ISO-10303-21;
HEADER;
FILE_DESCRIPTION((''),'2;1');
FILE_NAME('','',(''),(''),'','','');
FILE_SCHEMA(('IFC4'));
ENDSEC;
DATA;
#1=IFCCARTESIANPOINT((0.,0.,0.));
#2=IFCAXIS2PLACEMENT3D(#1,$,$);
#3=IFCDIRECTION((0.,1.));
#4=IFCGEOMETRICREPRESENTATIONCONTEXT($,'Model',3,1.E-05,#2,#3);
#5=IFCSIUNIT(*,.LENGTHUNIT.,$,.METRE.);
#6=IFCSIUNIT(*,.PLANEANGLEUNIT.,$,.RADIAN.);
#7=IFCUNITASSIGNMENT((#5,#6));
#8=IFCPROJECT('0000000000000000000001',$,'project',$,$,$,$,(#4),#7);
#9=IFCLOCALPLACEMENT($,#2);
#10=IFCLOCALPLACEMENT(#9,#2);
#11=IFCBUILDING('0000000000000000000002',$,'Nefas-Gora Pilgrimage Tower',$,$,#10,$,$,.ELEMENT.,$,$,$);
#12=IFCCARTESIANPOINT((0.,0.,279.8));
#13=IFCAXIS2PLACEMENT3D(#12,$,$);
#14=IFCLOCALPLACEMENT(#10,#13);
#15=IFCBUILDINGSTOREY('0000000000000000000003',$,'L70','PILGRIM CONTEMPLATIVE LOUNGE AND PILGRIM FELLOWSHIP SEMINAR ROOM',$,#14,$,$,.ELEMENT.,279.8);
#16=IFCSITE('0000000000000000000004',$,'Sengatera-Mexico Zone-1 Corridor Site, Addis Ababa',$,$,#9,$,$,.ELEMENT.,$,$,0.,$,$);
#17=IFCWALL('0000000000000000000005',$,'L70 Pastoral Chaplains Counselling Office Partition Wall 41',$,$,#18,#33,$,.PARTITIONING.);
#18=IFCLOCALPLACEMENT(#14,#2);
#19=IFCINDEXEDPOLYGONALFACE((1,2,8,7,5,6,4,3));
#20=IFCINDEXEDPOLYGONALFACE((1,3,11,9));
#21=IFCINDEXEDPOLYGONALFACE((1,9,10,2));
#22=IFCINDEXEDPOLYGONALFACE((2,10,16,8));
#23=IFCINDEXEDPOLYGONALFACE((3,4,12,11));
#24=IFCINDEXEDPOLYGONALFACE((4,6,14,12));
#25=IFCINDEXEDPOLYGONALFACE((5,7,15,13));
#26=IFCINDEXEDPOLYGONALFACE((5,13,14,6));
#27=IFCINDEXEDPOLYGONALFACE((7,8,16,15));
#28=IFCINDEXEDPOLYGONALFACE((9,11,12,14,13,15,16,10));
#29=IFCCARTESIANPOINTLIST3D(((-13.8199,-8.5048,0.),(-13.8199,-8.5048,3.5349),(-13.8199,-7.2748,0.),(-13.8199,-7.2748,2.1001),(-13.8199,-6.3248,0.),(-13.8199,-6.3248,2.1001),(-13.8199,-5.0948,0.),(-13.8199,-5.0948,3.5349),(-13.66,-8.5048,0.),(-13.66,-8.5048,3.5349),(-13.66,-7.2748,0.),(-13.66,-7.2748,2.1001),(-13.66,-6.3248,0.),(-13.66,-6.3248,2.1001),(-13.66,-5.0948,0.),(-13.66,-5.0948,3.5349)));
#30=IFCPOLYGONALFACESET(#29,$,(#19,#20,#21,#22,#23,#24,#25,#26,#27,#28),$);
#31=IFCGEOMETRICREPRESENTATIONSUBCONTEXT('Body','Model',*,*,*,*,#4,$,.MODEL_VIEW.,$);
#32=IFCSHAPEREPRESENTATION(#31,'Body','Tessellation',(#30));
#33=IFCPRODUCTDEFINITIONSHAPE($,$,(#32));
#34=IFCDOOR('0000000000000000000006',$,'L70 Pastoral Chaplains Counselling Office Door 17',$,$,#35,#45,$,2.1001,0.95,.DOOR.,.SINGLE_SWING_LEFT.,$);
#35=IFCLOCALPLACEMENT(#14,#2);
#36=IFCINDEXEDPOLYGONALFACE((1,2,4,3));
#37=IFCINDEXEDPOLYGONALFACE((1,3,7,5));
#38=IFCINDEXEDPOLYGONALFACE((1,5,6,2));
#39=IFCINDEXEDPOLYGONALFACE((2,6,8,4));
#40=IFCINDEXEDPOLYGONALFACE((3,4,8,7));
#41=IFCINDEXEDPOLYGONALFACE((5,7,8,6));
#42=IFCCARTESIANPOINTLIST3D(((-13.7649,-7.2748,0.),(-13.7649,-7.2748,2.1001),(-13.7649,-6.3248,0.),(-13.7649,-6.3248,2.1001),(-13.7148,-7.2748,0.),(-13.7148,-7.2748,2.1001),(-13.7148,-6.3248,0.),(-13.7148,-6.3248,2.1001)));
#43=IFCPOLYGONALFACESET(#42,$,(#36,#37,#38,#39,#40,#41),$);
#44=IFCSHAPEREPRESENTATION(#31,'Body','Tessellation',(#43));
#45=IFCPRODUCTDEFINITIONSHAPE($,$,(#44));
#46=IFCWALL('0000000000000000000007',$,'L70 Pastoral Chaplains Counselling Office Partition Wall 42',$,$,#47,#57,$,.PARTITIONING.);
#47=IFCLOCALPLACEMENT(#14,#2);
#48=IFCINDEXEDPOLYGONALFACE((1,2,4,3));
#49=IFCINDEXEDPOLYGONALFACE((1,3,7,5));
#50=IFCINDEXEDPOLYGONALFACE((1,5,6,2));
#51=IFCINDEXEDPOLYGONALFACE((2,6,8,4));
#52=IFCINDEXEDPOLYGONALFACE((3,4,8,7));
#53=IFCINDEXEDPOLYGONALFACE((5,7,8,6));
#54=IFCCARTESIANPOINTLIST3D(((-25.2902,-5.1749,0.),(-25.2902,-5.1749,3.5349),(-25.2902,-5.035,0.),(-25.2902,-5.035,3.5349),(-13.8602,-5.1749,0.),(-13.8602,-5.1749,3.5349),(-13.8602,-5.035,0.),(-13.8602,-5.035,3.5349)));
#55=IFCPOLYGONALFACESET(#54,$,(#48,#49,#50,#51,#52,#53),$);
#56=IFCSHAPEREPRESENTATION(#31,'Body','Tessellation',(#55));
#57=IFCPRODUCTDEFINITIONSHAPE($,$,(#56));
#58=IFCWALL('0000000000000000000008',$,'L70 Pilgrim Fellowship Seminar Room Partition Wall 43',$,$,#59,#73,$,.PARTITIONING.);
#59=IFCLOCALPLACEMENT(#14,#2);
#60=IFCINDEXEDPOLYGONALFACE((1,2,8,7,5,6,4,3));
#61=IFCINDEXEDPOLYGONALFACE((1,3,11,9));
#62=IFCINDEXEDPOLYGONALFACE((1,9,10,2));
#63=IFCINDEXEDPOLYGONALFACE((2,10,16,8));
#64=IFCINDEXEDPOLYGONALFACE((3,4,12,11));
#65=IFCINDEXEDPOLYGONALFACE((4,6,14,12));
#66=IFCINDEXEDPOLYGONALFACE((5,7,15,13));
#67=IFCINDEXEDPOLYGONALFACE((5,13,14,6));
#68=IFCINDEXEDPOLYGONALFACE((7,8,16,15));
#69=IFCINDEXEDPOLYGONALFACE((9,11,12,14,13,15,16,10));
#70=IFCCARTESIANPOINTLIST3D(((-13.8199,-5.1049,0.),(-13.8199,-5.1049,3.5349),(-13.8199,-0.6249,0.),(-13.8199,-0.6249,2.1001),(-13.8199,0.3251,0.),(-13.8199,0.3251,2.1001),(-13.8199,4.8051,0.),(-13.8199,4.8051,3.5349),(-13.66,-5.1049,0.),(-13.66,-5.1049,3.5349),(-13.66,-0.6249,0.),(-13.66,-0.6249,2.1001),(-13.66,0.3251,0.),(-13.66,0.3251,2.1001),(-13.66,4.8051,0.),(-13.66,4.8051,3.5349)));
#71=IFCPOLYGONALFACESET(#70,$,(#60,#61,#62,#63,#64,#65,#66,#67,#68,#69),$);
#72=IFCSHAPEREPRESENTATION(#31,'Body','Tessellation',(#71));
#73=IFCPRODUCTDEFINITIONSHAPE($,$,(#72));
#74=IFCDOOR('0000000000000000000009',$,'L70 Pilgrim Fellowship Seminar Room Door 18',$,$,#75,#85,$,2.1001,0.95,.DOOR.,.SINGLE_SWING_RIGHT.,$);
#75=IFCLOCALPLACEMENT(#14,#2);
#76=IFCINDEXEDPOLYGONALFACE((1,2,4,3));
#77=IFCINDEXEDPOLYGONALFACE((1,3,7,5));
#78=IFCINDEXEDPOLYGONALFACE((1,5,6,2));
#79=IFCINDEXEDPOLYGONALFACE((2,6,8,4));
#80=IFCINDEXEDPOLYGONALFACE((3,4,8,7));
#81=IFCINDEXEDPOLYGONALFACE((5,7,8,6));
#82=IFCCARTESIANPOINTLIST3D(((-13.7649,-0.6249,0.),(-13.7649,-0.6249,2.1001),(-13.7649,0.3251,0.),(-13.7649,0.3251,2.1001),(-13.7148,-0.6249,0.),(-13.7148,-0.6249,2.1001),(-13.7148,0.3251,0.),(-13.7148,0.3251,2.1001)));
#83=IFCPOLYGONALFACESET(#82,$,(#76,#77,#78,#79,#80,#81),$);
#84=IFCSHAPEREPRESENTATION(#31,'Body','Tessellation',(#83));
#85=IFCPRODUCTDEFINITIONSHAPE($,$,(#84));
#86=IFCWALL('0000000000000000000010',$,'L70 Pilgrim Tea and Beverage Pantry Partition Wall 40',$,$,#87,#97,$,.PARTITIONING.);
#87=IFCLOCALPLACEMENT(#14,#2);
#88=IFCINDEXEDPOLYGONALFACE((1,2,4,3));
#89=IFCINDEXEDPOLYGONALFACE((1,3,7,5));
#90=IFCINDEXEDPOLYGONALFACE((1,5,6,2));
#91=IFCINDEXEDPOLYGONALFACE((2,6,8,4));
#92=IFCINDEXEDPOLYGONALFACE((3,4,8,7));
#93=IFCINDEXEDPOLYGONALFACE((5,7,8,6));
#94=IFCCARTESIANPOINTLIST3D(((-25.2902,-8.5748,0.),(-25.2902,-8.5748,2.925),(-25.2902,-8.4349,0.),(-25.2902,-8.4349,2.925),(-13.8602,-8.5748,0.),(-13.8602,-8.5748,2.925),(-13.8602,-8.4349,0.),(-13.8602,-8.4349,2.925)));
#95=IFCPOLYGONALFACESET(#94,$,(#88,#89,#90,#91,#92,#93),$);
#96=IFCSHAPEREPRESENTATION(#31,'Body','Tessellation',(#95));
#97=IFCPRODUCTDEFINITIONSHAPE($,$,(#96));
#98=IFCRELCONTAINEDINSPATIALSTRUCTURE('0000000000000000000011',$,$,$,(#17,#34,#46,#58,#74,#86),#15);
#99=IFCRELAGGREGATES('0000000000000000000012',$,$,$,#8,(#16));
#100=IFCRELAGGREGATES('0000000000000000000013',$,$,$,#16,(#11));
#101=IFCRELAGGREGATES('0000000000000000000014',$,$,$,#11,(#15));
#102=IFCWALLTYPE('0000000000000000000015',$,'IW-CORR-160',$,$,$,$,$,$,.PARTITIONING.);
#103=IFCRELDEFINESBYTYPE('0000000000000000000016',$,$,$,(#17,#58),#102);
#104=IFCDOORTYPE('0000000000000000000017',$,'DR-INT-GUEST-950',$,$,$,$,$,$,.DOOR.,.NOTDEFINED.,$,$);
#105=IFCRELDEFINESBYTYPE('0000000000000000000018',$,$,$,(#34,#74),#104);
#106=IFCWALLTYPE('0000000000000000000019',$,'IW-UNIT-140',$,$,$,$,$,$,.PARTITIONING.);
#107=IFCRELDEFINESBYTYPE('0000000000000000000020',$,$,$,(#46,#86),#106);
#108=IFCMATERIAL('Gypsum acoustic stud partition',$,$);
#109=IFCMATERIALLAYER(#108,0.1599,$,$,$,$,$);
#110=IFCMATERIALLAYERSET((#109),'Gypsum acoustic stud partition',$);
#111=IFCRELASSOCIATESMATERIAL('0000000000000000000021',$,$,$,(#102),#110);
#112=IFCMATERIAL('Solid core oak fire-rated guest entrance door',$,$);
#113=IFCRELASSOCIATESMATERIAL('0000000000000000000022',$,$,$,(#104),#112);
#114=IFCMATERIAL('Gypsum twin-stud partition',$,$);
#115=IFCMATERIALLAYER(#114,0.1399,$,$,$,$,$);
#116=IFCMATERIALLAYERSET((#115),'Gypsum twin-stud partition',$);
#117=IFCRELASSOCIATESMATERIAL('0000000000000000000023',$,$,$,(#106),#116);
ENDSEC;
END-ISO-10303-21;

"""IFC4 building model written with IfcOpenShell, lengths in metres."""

from ifc_helpers import new_model, si_unit, direction, frame, frame_2d, origin, place, context, subcontext, project, spatial, rectangle, extrude, source, transform, mapped, material, layer, layer_set, type_object, element, fill, save


model = new_model("IFC4")

# Units and contexts
model_context = context("Model", 3, precision=1e-05, world=origin(), true_north=direction((0.0, 1.0)))
body_context = subcontext(model_context, "Body", "Model", "MODEL_VIEW")
ifc_project = project(units=[si_unit("LENGTHUNIT", "METRE"), si_unit("PLANEANGLEUNIT", "RADIAN")], contexts=[model_context])

# Site, building, storey
site_placement = place(None, origin())
site = spatial("IfcSite", under=ifc_project, at=site_placement, Name="Sengatera-Mexico Zone-1 Corridor Site, Addis Ababa", CompositionType="ELEMENT", RefElevation=0.0)
building_placement = place(site_placement, origin())
building = spatial("IfcBuilding", under=site, at=building_placement, Name="Nefas-Gora Pilgrimage Tower", CompositionType="ELEMENT")
storey_placement = place(building_placement, frame((0.0, 0.0, 279.8)))
storey = spatial("IfcBuildingStorey", under=building, at=storey_placement, Name="L70", Description="PILGRIM CONTEMPLATIVE LOUNGE AND PILGRIM FELLOWSHIP SEMINAR ROOM", CompositionType="ELEMENT", Elevation=279.8)

# Wall, opening, door
ifc_material_1 = material(Name="Gypsum acoustic stud partition")
ifc_layer_1 = layer(ifc_material_1, 0.1599)
ifc_layer_set_1 = layer_set([ifc_layer_1], Name="Gypsum acoustic stud partition")
wall_type_1 = type_object("IfcWallType", Name="IW-CORR-160", PredefinedType="PARTITIONING", material=ifc_layer_set_1)
shared_shape_1 = source(origin(), body_context, "Body", "SweptSolid", [
    extrude(rectangle(XDim=3.4099, YDim=0.1599, at=frame_2d((1.7051, 0.0))), origin(), (0.0, 0.0, 1.0), 3.5349),
])
wall_1_placement = place(storey_placement, frame((-13.74, -8.5049, 0.0), z_axis=(0.0, 0.0, 1.0), x_axis=(0.0, 1.0, 0.0)))
wall_1 = element("IfcWall", 1, at=wall_1_placement, inside=storey, type_object=wall_type_1, Name="L70 Pastoral Chaplains Counselling Office Partition Wall 41", PredefinedType="PARTITIONING", context=body_context, shape_type="MappedRepresentation", body=[
    mapped(shared_shape_1, transform((0.0, 0.0, 0.0), x_axis=(1.0, 0.0, 0.0), y_axis=(0.0, 1.0, 0.0), z_axis=(0.0, 0.0, 1.0), scale=1.0)),
])
opening_1_placement = place(wall_1_placement, frame((1.23, 0.0, 0.0)))
opening_1 = element("IfcOpeningElement", 2, at=opening_1_placement, cuts=wall_1, PredefinedType="OPENING", context=body_context, shape_type="SweptSolid", body=[
    extrude(rectangle(XDim=0.95, YDim=2.1001, at=frame_2d((0.4751, 1.05))), frame((0.0, 0.0898, 0.0), z_axis=(0.0, -1.0, 0.0), x_axis=(1.0, 0.0, 0.0)), (0.0, 0.0, 1.0), 0.1799),
])
ifc_material_2 = material(Name="Solid core oak fire-rated guest entrance door")
door_type_1 = type_object("IfcDoorType", Name="DR-INT-GUEST-950", OperationType="NOTDEFINED", PredefinedType="DOOR", material=ifc_material_2)
shared_shape_2 = source(origin(), body_context, "Body", "SweptSolid", [
    extrude(rectangle(XDim=0.95, YDim=2.1001, at=frame_2d((0.4751, 1.05))), frame((0.0, 0.0249, 0.0), z_axis=(0.0, -1.0, 0.0), x_axis=(1.0, 0.0, 0.0)), (0.0, 0.0, 1.0), 0.05),
])
door_1_placement = place(opening_1_placement, origin())
door_1 = element("IfcDoor", 3, at=door_1_placement, inside=storey, type_object=door_type_1, Name="L70 Pastoral Chaplains Counselling Office Door 17", OperationType="SINGLE_SWING_LEFT", OverallHeight=2.1001, OverallWidth=0.95, PredefinedType="DOOR", context=body_context, shape_type="MappedRepresentation", body=[
    mapped(shared_shape_2, transform((0.0, 0.0, 0.0), x_axis=(1.0, 0.0, 0.0), y_axis=(0.0, 1.0, 0.0), z_axis=(0.0, 0.0, 1.0), scale=1.0)),
])
fill(opening_1, door_1)

# Wall
ifc_material_3 = material(Name="Gypsum twin-stud partition")
ifc_layer_2 = layer(ifc_material_3, 0.1399)
ifc_layer_set_2 = layer_set([ifc_layer_2], Name="Gypsum twin-stud partition")
wall_type_2 = type_object("IfcWallType", Name="IW-UNIT-140", PredefinedType="PARTITIONING", material=ifc_layer_set_2)
shared_shape_3 = source(origin(), body_context, "Body", "SweptSolid", [
    extrude(rectangle(XDim=11.4299, YDim=0.1399, at=frame_2d((5.7148, 0.0))), origin(), (0.0, 0.0, 1.0), 3.5349),
])
wall_2_placement = place(storey_placement, frame((-25.29, -5.105, 0.0), z_axis=(0.0, 0.0, 1.0), x_axis=(1.0, 0.0, 0.0)))
element("IfcWall", 4, at=wall_2_placement, inside=storey, type_object=wall_type_2, Name="L70 Pastoral Chaplains Counselling Office Partition Wall 42", PredefinedType="PARTITIONING", context=body_context, shape_type="MappedRepresentation", body=[
    mapped(shared_shape_3, transform((0.0, 0.0, 0.0), x_axis=(1.0, 0.0, 0.0), y_axis=(0.0, 1.0, 0.0), z_axis=(0.0, 0.0, 1.0), scale=1.0)),
])

# Wall, opening, door
shared_shape_4 = source(origin(), body_context, "Body", "SweptSolid", [
    extrude(rectangle(XDim=9.9099, YDim=0.1599, at=frame_2d((4.9551, 0.0))), origin(), (0.0, 0.0, 1.0), 3.5349),
])
wall_3_placement = place(storey_placement, frame((-13.74, -5.105, 0.0), z_axis=(0.0, 0.0, 1.0), x_axis=(0.0, 1.0, 0.0)))
wall_3 = element("IfcWall", 5, at=wall_3_placement, inside=storey, type_object=wall_type_1, Name="L70 Pilgrim Fellowship Seminar Room Partition Wall 43", PredefinedType="PARTITIONING", context=body_context, shape_type="MappedRepresentation", body=[
    mapped(shared_shape_4, transform((0.0, 0.0, 0.0), x_axis=(1.0, 0.0, 0.0), y_axis=(0.0, 1.0, 0.0), z_axis=(0.0, 0.0, 1.0), scale=1.0)),
])
opening_2_placement = place(wall_3_placement, frame((4.48, 0.0, 0.0)))
opening_2 = element("IfcOpeningElement", 6, at=opening_2_placement, cuts=wall_3, PredefinedType="OPENING", context=body_context, shape_type="SweptSolid", body=[
    extrude(rectangle(XDim=0.95, YDim=2.1001, at=frame_2d((0.4751, 1.05))), frame((0.0, 0.0898, 0.0), z_axis=(0.0, -1.0, 0.0), x_axis=(1.0, 0.0, 0.0)), (0.0, 0.0, 1.0), 0.1799),
])
door_2_placement = place(opening_2_placement, origin())
door_2 = element("IfcDoor", 7, at=door_2_placement, inside=storey, type_object=door_type_1, Name="L70 Pilgrim Fellowship Seminar Room Door 18", OperationType="SINGLE_SWING_RIGHT", OverallHeight=2.1001, OverallWidth=0.95, PredefinedType="DOOR", context=body_context, shape_type="MappedRepresentation", body=[
    mapped(shared_shape_2, transform((0.0, 0.0, 0.0), x_axis=(1.0, 0.0, 0.0), y_axis=(0.0, 1.0, 0.0), z_axis=(0.0, 0.0, 1.0), scale=1.0)),
])
fill(opening_2, door_2)

# Wall
shared_shape_5 = source(origin(), body_context, "Body", "SweptSolid", [
    extrude(rectangle(XDim=11.4299, YDim=0.1399, at=frame_2d((5.7148, 0.0))), origin(), (0.0, 0.0, 1.0), 2.925),
])
wall_4_placement = place(storey_placement, frame((-25.29, -8.5049, 0.0), z_axis=(0.0, 0.0, 1.0), x_axis=(1.0, 0.0, 0.0)))
element("IfcWall", 8, at=wall_4_placement, inside=storey, type_object=wall_type_2, Name="L70 Pilgrim Tea and Beverage Pantry Partition Wall 40", PredefinedType="PARTITIONING", context=body_context, shape_type="MappedRepresentation", body=[
    mapped(shared_shape_5, transform((0.0, 0.0, 0.0), x_axis=(1.0, 0.0, 0.0), y_axis=(0.0, 1.0, 0.0), z_axis=(0.0, 0.0, 1.0), scale=1.0)),
])

save(model, "model.ifc")
